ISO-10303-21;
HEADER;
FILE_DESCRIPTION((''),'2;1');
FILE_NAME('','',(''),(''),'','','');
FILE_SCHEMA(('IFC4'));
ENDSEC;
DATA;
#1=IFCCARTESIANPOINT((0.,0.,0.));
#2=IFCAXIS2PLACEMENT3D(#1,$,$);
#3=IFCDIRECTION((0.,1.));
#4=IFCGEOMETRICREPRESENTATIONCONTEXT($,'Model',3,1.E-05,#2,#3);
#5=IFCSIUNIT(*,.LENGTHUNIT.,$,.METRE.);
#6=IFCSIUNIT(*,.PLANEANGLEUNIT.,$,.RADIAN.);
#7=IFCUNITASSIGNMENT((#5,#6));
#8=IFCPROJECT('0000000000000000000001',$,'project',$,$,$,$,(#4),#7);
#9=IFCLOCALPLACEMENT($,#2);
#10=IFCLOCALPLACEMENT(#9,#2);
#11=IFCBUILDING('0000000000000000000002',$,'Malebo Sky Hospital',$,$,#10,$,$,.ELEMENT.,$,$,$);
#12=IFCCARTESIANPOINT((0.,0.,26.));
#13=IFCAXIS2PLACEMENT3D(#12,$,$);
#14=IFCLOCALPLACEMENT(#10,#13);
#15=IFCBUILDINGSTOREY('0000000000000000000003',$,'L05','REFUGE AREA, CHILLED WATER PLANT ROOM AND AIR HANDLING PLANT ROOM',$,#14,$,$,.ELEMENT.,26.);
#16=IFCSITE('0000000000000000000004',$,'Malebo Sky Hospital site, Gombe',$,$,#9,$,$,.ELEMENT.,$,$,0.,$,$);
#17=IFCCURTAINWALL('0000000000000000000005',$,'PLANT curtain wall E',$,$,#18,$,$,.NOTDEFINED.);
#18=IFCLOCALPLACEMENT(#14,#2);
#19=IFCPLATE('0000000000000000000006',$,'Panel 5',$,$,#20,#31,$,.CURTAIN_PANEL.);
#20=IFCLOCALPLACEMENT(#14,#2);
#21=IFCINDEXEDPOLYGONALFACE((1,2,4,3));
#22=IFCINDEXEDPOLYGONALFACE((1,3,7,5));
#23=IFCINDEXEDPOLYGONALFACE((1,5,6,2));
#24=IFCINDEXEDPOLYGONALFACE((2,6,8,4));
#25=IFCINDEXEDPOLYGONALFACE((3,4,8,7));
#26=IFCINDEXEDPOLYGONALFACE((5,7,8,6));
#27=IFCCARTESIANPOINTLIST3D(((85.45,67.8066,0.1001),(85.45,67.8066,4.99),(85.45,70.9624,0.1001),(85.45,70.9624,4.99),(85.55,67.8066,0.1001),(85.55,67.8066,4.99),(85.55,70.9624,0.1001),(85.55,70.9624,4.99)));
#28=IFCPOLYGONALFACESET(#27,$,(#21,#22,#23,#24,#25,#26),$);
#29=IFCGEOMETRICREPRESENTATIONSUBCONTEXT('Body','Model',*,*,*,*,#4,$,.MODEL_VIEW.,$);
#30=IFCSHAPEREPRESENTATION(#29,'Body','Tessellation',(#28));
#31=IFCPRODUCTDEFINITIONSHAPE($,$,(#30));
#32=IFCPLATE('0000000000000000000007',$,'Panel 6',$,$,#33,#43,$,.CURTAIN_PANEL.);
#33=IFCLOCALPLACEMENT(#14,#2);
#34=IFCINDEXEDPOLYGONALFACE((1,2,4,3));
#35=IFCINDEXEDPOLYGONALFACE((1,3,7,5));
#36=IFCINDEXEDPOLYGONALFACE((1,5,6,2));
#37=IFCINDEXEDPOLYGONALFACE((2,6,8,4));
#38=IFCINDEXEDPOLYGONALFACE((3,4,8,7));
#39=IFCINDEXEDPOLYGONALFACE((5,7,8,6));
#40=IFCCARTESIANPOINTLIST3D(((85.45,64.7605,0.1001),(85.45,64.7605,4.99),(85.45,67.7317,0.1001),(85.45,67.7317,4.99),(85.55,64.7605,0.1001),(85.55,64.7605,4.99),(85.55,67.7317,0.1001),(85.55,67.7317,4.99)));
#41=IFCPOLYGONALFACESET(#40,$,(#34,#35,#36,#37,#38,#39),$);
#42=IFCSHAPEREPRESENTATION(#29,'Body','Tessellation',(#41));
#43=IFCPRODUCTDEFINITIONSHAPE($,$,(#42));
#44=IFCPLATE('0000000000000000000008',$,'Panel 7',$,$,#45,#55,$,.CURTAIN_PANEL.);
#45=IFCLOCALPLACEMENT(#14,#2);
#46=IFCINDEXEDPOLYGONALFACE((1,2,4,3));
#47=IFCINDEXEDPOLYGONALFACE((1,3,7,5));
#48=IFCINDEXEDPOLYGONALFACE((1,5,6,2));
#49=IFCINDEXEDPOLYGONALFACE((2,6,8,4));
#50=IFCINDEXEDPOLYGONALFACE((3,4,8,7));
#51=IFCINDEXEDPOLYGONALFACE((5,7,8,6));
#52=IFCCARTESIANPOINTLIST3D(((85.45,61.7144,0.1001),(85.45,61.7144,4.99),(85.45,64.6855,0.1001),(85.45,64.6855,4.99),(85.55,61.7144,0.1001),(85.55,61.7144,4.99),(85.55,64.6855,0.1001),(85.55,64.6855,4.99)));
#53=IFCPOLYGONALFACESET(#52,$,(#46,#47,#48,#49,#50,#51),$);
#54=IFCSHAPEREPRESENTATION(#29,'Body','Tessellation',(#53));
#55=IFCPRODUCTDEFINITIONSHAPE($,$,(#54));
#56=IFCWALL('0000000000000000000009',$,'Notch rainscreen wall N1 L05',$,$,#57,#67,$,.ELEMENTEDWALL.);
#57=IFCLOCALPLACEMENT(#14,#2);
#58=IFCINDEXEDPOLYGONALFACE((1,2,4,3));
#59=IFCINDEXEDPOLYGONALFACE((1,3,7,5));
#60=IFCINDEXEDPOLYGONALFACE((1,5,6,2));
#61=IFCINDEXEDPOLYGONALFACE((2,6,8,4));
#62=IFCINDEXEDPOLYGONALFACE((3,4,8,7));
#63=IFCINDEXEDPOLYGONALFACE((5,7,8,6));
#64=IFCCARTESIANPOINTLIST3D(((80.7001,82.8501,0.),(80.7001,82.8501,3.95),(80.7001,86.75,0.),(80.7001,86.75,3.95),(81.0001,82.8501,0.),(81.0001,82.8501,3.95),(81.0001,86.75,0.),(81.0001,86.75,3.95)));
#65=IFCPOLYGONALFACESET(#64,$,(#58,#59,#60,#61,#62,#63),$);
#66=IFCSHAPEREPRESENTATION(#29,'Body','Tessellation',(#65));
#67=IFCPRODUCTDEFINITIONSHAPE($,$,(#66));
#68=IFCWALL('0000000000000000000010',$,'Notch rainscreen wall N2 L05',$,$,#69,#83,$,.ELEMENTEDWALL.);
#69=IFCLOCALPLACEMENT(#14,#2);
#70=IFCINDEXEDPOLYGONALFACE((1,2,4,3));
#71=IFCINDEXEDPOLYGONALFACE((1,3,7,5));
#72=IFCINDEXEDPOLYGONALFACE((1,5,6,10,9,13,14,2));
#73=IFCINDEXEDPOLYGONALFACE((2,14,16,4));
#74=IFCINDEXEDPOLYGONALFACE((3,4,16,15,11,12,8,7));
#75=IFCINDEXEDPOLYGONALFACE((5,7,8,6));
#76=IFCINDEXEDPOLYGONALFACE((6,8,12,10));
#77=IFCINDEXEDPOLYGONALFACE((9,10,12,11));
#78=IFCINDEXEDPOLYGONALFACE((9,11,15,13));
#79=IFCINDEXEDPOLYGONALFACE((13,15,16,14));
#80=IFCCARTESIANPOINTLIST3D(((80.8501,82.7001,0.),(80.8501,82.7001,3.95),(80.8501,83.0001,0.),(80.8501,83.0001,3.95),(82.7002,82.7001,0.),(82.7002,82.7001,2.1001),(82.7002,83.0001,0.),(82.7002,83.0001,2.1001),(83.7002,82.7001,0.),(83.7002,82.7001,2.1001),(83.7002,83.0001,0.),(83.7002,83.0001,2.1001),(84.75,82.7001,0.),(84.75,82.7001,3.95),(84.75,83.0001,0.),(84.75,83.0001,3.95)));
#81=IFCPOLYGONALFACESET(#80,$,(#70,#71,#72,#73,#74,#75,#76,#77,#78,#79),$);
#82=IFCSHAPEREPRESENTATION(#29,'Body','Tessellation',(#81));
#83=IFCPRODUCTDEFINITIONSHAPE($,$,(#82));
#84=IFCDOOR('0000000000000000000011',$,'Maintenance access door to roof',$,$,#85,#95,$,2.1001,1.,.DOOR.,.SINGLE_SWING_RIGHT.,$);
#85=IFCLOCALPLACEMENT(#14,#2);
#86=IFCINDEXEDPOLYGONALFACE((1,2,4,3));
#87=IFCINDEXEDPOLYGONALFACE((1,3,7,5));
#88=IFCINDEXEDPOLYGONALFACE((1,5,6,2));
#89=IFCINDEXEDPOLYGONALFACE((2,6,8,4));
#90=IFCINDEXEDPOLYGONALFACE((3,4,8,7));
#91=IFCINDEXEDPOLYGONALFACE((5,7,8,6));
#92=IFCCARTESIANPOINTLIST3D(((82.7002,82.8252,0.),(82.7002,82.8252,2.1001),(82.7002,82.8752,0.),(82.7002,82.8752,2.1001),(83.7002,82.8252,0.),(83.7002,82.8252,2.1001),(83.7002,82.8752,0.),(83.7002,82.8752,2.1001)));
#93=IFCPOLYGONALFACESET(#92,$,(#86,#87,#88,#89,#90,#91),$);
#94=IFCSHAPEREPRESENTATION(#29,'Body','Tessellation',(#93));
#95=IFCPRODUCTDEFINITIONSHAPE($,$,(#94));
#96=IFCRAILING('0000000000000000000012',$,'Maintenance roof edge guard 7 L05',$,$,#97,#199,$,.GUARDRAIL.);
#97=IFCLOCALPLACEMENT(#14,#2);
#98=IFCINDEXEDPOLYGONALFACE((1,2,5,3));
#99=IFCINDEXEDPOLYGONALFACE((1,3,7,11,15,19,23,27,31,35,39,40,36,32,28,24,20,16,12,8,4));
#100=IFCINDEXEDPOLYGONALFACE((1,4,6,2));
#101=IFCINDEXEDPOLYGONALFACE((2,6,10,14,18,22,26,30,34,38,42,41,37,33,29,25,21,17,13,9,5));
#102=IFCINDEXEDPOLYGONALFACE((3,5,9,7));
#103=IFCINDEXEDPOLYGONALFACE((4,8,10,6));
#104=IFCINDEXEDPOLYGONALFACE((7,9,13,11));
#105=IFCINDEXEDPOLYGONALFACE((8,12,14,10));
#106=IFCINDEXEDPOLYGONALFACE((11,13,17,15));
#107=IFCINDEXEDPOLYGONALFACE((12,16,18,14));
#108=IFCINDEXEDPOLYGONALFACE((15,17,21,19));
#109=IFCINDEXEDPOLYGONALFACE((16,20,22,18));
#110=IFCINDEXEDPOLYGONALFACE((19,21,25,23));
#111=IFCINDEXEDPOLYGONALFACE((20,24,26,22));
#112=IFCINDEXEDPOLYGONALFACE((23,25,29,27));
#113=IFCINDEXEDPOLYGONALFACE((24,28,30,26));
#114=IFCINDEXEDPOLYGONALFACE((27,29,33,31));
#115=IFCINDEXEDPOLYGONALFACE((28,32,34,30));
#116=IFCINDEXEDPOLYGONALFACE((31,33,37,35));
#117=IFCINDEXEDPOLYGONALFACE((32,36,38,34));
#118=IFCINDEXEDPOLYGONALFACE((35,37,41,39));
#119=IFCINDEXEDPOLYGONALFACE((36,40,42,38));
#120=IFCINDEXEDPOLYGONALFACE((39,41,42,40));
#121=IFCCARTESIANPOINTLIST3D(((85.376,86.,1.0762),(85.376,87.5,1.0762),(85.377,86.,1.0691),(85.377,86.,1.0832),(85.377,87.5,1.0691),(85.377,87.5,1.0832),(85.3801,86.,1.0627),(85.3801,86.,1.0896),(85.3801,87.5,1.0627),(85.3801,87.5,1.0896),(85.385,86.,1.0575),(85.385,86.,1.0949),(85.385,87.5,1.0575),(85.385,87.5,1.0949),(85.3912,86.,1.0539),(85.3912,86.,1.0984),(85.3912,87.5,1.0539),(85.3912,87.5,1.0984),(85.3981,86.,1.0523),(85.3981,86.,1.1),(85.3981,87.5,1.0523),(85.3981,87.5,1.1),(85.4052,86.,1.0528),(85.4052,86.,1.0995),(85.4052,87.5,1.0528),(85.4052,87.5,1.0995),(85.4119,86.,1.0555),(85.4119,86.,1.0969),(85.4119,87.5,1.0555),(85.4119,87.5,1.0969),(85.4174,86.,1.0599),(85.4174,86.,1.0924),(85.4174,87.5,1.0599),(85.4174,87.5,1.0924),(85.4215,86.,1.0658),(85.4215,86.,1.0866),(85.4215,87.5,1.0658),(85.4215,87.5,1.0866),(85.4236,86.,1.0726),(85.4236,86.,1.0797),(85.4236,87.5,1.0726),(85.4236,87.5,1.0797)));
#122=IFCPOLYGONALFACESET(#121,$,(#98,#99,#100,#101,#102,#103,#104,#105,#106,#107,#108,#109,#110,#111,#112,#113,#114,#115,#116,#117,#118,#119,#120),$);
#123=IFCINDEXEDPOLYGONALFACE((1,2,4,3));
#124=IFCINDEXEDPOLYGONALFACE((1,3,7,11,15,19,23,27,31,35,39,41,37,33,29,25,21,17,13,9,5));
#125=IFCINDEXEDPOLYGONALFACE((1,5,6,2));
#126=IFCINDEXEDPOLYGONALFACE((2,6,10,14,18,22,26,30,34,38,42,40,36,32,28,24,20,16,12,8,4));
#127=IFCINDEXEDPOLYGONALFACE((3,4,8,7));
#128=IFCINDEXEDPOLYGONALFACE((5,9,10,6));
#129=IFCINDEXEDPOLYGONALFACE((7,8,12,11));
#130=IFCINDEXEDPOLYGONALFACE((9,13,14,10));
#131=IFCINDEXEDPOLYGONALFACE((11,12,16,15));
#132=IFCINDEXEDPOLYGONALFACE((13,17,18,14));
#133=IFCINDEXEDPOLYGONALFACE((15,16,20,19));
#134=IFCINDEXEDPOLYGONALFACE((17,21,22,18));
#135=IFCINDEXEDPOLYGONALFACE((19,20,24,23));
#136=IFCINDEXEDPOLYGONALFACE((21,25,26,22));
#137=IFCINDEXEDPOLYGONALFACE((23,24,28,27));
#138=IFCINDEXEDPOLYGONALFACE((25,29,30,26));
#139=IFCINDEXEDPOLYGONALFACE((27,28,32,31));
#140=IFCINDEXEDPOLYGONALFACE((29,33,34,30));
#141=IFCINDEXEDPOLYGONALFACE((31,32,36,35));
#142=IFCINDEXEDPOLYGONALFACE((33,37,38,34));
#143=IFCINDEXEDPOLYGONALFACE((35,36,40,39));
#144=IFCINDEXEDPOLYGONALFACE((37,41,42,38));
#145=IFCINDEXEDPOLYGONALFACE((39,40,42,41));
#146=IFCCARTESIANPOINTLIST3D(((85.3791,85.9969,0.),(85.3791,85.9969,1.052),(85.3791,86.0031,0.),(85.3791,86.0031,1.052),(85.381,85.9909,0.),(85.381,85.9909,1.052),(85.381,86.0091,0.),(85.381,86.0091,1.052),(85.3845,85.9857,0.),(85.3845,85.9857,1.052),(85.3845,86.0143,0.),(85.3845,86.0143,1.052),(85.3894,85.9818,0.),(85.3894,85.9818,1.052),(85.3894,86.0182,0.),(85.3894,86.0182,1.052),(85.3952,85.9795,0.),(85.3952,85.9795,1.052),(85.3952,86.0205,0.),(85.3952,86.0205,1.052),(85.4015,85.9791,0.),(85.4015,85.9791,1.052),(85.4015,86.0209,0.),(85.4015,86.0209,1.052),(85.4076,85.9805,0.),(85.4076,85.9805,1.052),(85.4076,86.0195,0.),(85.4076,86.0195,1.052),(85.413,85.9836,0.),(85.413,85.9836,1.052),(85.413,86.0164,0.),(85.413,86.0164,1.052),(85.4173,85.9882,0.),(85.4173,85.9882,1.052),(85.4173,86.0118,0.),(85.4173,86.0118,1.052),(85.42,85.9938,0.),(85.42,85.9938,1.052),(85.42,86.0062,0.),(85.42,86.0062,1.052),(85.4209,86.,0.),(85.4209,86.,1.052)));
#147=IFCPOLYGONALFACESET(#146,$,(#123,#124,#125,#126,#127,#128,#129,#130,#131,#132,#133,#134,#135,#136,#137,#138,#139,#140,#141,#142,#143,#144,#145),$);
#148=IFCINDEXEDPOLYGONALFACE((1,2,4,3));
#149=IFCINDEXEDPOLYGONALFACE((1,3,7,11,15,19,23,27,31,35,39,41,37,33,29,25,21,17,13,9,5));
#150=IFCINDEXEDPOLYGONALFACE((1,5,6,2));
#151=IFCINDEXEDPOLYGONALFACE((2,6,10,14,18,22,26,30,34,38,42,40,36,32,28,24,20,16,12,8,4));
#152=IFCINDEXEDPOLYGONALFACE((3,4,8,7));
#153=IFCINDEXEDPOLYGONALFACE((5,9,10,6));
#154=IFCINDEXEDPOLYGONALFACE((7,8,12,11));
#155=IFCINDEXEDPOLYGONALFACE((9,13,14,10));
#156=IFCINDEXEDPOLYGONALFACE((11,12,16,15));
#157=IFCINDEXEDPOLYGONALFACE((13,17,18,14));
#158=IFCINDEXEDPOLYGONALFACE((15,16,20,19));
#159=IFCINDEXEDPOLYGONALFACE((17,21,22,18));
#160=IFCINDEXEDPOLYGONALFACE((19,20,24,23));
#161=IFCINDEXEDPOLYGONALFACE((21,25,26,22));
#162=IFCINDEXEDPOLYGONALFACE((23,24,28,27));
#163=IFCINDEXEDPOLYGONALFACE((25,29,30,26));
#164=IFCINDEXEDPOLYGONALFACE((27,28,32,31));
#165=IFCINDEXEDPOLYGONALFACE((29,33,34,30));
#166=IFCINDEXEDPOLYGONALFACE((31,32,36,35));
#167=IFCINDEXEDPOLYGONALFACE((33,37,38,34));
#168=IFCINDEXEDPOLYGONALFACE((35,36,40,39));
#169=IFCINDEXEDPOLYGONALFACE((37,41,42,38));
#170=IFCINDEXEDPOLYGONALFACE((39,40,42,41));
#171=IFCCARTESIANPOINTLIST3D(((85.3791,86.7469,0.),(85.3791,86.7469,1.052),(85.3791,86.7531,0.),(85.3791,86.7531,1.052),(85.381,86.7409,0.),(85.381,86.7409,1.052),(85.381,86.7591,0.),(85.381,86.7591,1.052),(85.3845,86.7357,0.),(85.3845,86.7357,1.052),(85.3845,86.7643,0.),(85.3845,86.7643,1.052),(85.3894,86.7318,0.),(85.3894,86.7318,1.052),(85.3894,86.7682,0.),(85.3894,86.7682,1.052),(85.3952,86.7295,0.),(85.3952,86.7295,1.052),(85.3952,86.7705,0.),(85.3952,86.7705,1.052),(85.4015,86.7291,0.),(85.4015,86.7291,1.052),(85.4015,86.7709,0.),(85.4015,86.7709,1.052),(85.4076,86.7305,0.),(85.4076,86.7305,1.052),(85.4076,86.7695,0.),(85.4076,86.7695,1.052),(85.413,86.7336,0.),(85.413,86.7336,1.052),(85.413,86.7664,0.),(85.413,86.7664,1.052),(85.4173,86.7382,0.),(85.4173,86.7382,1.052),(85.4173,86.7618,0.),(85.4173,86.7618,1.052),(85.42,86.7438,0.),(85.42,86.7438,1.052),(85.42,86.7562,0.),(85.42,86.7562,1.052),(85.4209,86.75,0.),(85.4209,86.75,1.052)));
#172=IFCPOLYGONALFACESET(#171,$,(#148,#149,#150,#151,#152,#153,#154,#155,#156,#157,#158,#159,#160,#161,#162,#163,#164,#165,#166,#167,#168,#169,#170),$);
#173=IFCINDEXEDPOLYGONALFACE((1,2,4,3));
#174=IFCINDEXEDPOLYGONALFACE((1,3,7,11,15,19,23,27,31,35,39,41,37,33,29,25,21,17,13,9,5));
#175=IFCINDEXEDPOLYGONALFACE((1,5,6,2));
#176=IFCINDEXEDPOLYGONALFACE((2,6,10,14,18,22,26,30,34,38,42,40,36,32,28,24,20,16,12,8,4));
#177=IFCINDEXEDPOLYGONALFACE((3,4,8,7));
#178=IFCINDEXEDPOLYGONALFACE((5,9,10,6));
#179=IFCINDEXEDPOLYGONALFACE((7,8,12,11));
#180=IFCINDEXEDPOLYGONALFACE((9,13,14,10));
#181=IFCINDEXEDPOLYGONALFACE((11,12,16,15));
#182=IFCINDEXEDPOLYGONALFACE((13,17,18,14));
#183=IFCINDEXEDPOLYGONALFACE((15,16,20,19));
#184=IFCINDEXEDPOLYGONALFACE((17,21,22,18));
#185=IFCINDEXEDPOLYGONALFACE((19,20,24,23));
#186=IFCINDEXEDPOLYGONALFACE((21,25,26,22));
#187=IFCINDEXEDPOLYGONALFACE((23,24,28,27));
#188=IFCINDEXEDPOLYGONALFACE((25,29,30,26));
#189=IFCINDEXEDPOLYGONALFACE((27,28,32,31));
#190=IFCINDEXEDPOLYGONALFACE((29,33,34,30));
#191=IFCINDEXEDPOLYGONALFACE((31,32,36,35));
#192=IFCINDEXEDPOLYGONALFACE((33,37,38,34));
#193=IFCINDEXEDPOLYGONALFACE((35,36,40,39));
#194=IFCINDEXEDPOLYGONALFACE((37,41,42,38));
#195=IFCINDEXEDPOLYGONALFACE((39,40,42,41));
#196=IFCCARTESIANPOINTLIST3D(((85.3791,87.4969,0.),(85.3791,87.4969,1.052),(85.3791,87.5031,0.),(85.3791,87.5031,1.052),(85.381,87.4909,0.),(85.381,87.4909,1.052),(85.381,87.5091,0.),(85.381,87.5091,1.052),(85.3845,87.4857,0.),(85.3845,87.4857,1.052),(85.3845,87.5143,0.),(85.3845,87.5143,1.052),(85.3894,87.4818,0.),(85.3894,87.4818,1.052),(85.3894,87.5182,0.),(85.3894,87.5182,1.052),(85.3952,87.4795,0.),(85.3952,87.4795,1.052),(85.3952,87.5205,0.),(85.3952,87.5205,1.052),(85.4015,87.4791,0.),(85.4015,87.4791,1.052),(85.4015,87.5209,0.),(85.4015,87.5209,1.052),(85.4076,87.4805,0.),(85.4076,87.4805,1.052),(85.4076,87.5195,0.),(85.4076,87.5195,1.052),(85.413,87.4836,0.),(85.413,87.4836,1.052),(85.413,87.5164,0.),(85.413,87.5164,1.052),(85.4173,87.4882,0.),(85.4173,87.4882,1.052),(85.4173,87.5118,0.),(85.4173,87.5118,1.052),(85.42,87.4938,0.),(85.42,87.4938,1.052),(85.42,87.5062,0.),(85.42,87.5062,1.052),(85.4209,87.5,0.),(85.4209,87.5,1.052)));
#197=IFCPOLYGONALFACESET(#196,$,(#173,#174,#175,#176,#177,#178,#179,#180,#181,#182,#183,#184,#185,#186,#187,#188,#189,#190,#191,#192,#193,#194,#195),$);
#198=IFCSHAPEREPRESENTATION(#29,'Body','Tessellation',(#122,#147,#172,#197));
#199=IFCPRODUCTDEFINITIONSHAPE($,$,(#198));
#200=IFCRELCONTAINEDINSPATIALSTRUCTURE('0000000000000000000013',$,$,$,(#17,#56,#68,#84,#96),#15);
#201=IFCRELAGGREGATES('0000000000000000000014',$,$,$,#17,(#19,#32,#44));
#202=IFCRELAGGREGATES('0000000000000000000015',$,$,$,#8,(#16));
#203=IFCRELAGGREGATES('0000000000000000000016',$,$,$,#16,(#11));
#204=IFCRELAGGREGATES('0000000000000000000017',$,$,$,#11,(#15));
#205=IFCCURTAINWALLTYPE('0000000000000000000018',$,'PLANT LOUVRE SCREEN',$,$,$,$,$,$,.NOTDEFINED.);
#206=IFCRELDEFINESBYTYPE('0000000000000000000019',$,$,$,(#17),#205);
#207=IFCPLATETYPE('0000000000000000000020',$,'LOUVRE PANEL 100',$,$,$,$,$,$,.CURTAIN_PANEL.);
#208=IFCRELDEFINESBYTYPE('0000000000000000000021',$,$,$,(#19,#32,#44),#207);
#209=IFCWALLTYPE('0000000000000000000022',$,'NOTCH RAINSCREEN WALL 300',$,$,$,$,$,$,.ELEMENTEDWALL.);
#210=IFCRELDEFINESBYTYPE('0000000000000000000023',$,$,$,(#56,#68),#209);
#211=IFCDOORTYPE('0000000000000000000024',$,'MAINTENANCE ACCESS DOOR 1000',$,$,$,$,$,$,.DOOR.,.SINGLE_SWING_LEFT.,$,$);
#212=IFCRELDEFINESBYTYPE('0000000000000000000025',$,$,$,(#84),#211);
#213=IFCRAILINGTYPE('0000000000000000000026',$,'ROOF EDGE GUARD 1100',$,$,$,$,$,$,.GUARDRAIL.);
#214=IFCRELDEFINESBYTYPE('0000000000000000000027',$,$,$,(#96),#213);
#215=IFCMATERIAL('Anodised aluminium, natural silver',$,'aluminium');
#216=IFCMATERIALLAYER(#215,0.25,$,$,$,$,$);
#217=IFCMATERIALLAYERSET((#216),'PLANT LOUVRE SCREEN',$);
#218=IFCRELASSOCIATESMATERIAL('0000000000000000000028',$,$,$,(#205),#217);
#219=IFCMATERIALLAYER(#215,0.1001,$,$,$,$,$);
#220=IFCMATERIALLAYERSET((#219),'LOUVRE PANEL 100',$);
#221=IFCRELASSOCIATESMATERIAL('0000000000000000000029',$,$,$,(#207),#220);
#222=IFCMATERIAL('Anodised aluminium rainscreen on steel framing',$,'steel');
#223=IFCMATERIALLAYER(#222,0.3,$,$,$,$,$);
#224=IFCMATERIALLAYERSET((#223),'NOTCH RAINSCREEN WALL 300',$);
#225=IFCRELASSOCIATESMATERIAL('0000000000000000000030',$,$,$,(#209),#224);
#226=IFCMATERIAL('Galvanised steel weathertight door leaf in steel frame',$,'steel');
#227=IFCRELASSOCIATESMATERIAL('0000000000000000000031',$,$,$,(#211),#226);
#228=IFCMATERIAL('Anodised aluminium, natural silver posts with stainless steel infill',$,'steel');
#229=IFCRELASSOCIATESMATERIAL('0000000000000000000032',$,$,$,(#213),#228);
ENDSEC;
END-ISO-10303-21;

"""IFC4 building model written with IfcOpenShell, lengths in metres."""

from ifc_helpers import new_model, si_unit, direction, frame, frame_2d, origin, origin_2d, place, context, subcontext, project, spatial, rectangle, circle, extrude, material, layer, layer_set, type_object, element, fill, aggregate, save


model = new_model("IFC4")

# Units and contexts
model_context = context("Model", 3, precision=1e-05, world=origin(), true_north=direction((0.0, 1.0)))
body_context = subcontext(model_context, "Body", "Model", "MODEL_VIEW")
ifc_project = project(units=[si_unit("LENGTHUNIT", "METRE"), si_unit("PLANEANGLEUNIT", "RADIAN")], contexts=[model_context])

# Site, building, storey
site_placement = place(None, origin())
site = spatial("IfcSite", under=ifc_project, at=site_placement, Name="Malebo Sky Hospital site, Gombe", CompositionType="ELEMENT", RefElevation=0.0)
building_placement = place(site_placement, origin())
building = spatial("IfcBuilding", under=site, at=building_placement, Name="Malebo Sky Hospital", CompositionType="ELEMENT")
storey_placement = place(building_placement, frame((0.0, 0.0, 26.0)))
storey = spatial("IfcBuildingStorey", under=building, at=storey_placement, Name="L05", Description="REFUGE AREA, CHILLED WATER PLANT ROOM AND AIR HANDLING PLANT ROOM", CompositionType="ELEMENT", Elevation=26.0)

# Shared definitions
ifc_material_1 = material(Name="Anodised aluminium, natural silver", Category="aluminium")
ifc_layer_1 = layer(ifc_material_1, 0.25)
ifc_layer_set_1 = layer_set([ifc_layer_1], Name="PLANT LOUVRE SCREEN")
curtain_wall_type = type_object("IfcCurtainWallType", Name="PLANT LOUVRE SCREEN", PredefinedType="NOTDEFINED", material=ifc_layer_set_1)

# Curtain wall
curtain_wall_1_placement = place(storey_placement, origin())
curtain_wall_1 = element("IfcCurtainWall", 1, at=curtain_wall_1_placement, inside=storey, type_object=curtain_wall_type, Name="PLANT curtain wall E", PredefinedType="NOTDEFINED")

# Plates
ifc_layer_2 = layer(ifc_material_1, 0.1001)
ifc_layer_set_2 = layer_set([ifc_layer_2], Name="LOUVRE PANEL 100")
plate_type = type_object("IfcPlateType", Name="LOUVRE PANEL 100", PredefinedType="CURTAIN_PANEL", material=ifc_layer_set_2)
plate_1_placement = place(storey_placement, frame((85.5, 69.3845, 0.1001), z_axis=(0.0, 0.0, 1.0), x_axis=(0.0, -1.0, 0.0)))
plate_1 = element("IfcPlate", 2, at=plate_1_placement, type_object=plate_type, Name="Panel 5", PredefinedType="CURTAIN_PANEL", context=body_context, shape_type="SweptSolid", body=[
    extrude(rectangle(XDim=3.1558, YDim=0.1001, at=origin_2d()), origin(), (0.0, 0.0, 1.0), 4.8899),
])
plate_2_placement = place(storey_placement, frame((85.5, 66.2461, 0.1001), z_axis=(0.0, 0.0, 1.0), x_axis=(0.0, -1.0, 0.0)))
plate_2 = element("IfcPlate", 3, at=plate_2_placement, type_object=plate_type, Name="Panel 6", PredefinedType="CURTAIN_PANEL", context=body_context, shape_type="SweptSolid", body=[
    extrude(rectangle(XDim=2.9712, YDim=0.1001, at=origin_2d()), origin(), (0.0, 0.0, 1.0), 4.8899),
])
plate_3_placement = place(storey_placement, frame((85.5, 63.2, 0.1001), z_axis=(0.0, 0.0, 1.0), x_axis=(0.0, -1.0, 0.0)))
plate_3 = element("IfcPlate", 4, at=plate_3_placement, type_object=plate_type, Name="Panel 7", PredefinedType="CURTAIN_PANEL", context=body_context, shape_type="SweptSolid", body=[
    extrude(rectangle(XDim=2.9712, YDim=0.1001, at=origin_2d()), origin(), (0.0, 0.0, 1.0), 4.8899),
])
aggregate(curtain_wall_1, [plate_1, plate_2, plate_3])

# Wall
ifc_material_2 = material(Name="Anodised aluminium rainscreen on steel framing", Category="steel")
ifc_layer_3 = layer(ifc_material_2, 0.3)
ifc_layer_set_3 = layer_set([ifc_layer_3], Name="NOTCH RAINSCREEN WALL 300")
wall_type = type_object("IfcWallType", Name="NOTCH RAINSCREEN WALL 300", PredefinedType="ELEMENTEDWALL", material=ifc_layer_set_3)
wall_1_placement = place(storey_placement, frame((80.8501, 86.75, 0.0), z_axis=(0.0, 0.0, 1.0), x_axis=(0.0, -1.0, 0.0)))
element("IfcWall", 5, at=wall_1_placement, inside=storey, type_object=wall_type, Name="Notch rainscreen wall N1 L05", PredefinedType="ELEMENTEDWALL", context=body_context, shape_type="SweptSolid", body=[
    extrude(rectangle(XDim=3.8999, YDim=0.3, at=frame_2d((1.95, 0.0))), origin(), (0.0, 0.0, 1.0), 3.95),
])

# Wall, opening, door
wall_2_placement = place(storey_placement, frame((80.8501, 82.8501, 0.0), z_axis=(0.0, 0.0, 1.0), x_axis=(1.0, 0.0, 0.0)))
wall_2 = element("IfcWall", 6, at=wall_2_placement, inside=storey, type_object=wall_type, Name="Notch rainscreen wall N2 L05", PredefinedType="ELEMENTEDWALL", context=body_context, shape_type="SweptSolid", body=[
    extrude(rectangle(XDim=3.8999, YDim=0.3, at=frame_2d((1.95, 0.0))), origin(), (0.0, 0.0, 1.0), 3.95),
])
opening_placement = place(wall_2_placement, frame((1.8501, 0.0, 0.0)))
opening = element("IfcOpeningElement", 7, at=opening_placement, cuts=wall_2, PredefinedType="OPENING", context=body_context, shape_type="SweptSolid", body=[
    extrude(rectangle(XDim=1.0, YDim=2.1001, at=frame_2d((0.5, 1.05))), frame((0.0, 0.1599, 0.0), z_axis=(0.0, -1.0, 0.0), x_axis=(1.0, 0.0, 0.0)), (0.0, 0.0, 1.0), 0.3201),
])
ifc_material_3 = material(Name="Galvanised steel weathertight door leaf in steel frame", Category="steel")
door_type = type_object("IfcDoorType", Name="MAINTENANCE ACCESS DOOR 1000", OperationType="SINGLE_SWING_LEFT", PredefinedType="DOOR", material=ifc_material_3)
door_placement = place(opening_placement, frame((1.0, 0.0, 0.0), z_axis=(0.0, 0.0, 1.0), x_axis=(-1.0, 0.0, 0.0)))
door = element("IfcDoor", 8, at=door_placement, inside=storey, type_object=door_type, Name="Maintenance access door to roof", OperationType="SINGLE_SWING_RIGHT", OverallHeight=2.1001, OverallWidth=1.0, PredefinedType="DOOR", context=body_context, shape_type="SweptSolid", body=[
    extrude(rectangle(XDim=1.0, YDim=2.1001, at=frame_2d((0.5, 1.05))), frame((0.0, 0.0249, 0.0), z_axis=(0.0, -1.0, 0.0), x_axis=(1.0, 0.0, 0.0)), (0.0, 0.0, 1.0), 0.05),
])
fill(opening, door)

# Railing
ifc_material_4 = material(Name="Anodised aluminium, natural silver posts with stainless steel infill", Category="steel")
railing_type = type_object("IfcRailingType", Name="ROOF EDGE GUARD 1100", PredefinedType="GUARDRAIL", material=ifc_material_4)
railing_placement = place(storey_placement, frame((85.3999, 86.0, 0.0)))
element("IfcRailing", 9, at=railing_placement, inside=storey, type_object=railing_type, Name="Maintenance roof edge guard 7 L05", PredefinedType="GUARDRAIL", context=body_context, shape_type="SweptSolid", body=[
    extrude(circle(Radius=0.0239, at=origin_2d()), frame((0.0, 0.0, 1.0762), z_axis=(0.0, 1.0, 0.0), x_axis=(-1.0, 0.0, 0.0)), (0.0, 0.0, 1.0), 1.5),
    extrude(circle(Radius=0.021, at=origin_2d()), origin(), (0.0, 0.0, 1.0), 1.052),
    extrude(circle(Radius=0.021, at=origin_2d()), frame((0.0, 0.75, 0.0)), (0.0, 0.0, 1.0), 1.052),
    extrude(circle(Radius=0.021, at=origin_2d()), frame((0.0, 1.5, 0.0)), (0.0, 0.0, 1.0), 1.052),
])

save(model, "model.ifc")
